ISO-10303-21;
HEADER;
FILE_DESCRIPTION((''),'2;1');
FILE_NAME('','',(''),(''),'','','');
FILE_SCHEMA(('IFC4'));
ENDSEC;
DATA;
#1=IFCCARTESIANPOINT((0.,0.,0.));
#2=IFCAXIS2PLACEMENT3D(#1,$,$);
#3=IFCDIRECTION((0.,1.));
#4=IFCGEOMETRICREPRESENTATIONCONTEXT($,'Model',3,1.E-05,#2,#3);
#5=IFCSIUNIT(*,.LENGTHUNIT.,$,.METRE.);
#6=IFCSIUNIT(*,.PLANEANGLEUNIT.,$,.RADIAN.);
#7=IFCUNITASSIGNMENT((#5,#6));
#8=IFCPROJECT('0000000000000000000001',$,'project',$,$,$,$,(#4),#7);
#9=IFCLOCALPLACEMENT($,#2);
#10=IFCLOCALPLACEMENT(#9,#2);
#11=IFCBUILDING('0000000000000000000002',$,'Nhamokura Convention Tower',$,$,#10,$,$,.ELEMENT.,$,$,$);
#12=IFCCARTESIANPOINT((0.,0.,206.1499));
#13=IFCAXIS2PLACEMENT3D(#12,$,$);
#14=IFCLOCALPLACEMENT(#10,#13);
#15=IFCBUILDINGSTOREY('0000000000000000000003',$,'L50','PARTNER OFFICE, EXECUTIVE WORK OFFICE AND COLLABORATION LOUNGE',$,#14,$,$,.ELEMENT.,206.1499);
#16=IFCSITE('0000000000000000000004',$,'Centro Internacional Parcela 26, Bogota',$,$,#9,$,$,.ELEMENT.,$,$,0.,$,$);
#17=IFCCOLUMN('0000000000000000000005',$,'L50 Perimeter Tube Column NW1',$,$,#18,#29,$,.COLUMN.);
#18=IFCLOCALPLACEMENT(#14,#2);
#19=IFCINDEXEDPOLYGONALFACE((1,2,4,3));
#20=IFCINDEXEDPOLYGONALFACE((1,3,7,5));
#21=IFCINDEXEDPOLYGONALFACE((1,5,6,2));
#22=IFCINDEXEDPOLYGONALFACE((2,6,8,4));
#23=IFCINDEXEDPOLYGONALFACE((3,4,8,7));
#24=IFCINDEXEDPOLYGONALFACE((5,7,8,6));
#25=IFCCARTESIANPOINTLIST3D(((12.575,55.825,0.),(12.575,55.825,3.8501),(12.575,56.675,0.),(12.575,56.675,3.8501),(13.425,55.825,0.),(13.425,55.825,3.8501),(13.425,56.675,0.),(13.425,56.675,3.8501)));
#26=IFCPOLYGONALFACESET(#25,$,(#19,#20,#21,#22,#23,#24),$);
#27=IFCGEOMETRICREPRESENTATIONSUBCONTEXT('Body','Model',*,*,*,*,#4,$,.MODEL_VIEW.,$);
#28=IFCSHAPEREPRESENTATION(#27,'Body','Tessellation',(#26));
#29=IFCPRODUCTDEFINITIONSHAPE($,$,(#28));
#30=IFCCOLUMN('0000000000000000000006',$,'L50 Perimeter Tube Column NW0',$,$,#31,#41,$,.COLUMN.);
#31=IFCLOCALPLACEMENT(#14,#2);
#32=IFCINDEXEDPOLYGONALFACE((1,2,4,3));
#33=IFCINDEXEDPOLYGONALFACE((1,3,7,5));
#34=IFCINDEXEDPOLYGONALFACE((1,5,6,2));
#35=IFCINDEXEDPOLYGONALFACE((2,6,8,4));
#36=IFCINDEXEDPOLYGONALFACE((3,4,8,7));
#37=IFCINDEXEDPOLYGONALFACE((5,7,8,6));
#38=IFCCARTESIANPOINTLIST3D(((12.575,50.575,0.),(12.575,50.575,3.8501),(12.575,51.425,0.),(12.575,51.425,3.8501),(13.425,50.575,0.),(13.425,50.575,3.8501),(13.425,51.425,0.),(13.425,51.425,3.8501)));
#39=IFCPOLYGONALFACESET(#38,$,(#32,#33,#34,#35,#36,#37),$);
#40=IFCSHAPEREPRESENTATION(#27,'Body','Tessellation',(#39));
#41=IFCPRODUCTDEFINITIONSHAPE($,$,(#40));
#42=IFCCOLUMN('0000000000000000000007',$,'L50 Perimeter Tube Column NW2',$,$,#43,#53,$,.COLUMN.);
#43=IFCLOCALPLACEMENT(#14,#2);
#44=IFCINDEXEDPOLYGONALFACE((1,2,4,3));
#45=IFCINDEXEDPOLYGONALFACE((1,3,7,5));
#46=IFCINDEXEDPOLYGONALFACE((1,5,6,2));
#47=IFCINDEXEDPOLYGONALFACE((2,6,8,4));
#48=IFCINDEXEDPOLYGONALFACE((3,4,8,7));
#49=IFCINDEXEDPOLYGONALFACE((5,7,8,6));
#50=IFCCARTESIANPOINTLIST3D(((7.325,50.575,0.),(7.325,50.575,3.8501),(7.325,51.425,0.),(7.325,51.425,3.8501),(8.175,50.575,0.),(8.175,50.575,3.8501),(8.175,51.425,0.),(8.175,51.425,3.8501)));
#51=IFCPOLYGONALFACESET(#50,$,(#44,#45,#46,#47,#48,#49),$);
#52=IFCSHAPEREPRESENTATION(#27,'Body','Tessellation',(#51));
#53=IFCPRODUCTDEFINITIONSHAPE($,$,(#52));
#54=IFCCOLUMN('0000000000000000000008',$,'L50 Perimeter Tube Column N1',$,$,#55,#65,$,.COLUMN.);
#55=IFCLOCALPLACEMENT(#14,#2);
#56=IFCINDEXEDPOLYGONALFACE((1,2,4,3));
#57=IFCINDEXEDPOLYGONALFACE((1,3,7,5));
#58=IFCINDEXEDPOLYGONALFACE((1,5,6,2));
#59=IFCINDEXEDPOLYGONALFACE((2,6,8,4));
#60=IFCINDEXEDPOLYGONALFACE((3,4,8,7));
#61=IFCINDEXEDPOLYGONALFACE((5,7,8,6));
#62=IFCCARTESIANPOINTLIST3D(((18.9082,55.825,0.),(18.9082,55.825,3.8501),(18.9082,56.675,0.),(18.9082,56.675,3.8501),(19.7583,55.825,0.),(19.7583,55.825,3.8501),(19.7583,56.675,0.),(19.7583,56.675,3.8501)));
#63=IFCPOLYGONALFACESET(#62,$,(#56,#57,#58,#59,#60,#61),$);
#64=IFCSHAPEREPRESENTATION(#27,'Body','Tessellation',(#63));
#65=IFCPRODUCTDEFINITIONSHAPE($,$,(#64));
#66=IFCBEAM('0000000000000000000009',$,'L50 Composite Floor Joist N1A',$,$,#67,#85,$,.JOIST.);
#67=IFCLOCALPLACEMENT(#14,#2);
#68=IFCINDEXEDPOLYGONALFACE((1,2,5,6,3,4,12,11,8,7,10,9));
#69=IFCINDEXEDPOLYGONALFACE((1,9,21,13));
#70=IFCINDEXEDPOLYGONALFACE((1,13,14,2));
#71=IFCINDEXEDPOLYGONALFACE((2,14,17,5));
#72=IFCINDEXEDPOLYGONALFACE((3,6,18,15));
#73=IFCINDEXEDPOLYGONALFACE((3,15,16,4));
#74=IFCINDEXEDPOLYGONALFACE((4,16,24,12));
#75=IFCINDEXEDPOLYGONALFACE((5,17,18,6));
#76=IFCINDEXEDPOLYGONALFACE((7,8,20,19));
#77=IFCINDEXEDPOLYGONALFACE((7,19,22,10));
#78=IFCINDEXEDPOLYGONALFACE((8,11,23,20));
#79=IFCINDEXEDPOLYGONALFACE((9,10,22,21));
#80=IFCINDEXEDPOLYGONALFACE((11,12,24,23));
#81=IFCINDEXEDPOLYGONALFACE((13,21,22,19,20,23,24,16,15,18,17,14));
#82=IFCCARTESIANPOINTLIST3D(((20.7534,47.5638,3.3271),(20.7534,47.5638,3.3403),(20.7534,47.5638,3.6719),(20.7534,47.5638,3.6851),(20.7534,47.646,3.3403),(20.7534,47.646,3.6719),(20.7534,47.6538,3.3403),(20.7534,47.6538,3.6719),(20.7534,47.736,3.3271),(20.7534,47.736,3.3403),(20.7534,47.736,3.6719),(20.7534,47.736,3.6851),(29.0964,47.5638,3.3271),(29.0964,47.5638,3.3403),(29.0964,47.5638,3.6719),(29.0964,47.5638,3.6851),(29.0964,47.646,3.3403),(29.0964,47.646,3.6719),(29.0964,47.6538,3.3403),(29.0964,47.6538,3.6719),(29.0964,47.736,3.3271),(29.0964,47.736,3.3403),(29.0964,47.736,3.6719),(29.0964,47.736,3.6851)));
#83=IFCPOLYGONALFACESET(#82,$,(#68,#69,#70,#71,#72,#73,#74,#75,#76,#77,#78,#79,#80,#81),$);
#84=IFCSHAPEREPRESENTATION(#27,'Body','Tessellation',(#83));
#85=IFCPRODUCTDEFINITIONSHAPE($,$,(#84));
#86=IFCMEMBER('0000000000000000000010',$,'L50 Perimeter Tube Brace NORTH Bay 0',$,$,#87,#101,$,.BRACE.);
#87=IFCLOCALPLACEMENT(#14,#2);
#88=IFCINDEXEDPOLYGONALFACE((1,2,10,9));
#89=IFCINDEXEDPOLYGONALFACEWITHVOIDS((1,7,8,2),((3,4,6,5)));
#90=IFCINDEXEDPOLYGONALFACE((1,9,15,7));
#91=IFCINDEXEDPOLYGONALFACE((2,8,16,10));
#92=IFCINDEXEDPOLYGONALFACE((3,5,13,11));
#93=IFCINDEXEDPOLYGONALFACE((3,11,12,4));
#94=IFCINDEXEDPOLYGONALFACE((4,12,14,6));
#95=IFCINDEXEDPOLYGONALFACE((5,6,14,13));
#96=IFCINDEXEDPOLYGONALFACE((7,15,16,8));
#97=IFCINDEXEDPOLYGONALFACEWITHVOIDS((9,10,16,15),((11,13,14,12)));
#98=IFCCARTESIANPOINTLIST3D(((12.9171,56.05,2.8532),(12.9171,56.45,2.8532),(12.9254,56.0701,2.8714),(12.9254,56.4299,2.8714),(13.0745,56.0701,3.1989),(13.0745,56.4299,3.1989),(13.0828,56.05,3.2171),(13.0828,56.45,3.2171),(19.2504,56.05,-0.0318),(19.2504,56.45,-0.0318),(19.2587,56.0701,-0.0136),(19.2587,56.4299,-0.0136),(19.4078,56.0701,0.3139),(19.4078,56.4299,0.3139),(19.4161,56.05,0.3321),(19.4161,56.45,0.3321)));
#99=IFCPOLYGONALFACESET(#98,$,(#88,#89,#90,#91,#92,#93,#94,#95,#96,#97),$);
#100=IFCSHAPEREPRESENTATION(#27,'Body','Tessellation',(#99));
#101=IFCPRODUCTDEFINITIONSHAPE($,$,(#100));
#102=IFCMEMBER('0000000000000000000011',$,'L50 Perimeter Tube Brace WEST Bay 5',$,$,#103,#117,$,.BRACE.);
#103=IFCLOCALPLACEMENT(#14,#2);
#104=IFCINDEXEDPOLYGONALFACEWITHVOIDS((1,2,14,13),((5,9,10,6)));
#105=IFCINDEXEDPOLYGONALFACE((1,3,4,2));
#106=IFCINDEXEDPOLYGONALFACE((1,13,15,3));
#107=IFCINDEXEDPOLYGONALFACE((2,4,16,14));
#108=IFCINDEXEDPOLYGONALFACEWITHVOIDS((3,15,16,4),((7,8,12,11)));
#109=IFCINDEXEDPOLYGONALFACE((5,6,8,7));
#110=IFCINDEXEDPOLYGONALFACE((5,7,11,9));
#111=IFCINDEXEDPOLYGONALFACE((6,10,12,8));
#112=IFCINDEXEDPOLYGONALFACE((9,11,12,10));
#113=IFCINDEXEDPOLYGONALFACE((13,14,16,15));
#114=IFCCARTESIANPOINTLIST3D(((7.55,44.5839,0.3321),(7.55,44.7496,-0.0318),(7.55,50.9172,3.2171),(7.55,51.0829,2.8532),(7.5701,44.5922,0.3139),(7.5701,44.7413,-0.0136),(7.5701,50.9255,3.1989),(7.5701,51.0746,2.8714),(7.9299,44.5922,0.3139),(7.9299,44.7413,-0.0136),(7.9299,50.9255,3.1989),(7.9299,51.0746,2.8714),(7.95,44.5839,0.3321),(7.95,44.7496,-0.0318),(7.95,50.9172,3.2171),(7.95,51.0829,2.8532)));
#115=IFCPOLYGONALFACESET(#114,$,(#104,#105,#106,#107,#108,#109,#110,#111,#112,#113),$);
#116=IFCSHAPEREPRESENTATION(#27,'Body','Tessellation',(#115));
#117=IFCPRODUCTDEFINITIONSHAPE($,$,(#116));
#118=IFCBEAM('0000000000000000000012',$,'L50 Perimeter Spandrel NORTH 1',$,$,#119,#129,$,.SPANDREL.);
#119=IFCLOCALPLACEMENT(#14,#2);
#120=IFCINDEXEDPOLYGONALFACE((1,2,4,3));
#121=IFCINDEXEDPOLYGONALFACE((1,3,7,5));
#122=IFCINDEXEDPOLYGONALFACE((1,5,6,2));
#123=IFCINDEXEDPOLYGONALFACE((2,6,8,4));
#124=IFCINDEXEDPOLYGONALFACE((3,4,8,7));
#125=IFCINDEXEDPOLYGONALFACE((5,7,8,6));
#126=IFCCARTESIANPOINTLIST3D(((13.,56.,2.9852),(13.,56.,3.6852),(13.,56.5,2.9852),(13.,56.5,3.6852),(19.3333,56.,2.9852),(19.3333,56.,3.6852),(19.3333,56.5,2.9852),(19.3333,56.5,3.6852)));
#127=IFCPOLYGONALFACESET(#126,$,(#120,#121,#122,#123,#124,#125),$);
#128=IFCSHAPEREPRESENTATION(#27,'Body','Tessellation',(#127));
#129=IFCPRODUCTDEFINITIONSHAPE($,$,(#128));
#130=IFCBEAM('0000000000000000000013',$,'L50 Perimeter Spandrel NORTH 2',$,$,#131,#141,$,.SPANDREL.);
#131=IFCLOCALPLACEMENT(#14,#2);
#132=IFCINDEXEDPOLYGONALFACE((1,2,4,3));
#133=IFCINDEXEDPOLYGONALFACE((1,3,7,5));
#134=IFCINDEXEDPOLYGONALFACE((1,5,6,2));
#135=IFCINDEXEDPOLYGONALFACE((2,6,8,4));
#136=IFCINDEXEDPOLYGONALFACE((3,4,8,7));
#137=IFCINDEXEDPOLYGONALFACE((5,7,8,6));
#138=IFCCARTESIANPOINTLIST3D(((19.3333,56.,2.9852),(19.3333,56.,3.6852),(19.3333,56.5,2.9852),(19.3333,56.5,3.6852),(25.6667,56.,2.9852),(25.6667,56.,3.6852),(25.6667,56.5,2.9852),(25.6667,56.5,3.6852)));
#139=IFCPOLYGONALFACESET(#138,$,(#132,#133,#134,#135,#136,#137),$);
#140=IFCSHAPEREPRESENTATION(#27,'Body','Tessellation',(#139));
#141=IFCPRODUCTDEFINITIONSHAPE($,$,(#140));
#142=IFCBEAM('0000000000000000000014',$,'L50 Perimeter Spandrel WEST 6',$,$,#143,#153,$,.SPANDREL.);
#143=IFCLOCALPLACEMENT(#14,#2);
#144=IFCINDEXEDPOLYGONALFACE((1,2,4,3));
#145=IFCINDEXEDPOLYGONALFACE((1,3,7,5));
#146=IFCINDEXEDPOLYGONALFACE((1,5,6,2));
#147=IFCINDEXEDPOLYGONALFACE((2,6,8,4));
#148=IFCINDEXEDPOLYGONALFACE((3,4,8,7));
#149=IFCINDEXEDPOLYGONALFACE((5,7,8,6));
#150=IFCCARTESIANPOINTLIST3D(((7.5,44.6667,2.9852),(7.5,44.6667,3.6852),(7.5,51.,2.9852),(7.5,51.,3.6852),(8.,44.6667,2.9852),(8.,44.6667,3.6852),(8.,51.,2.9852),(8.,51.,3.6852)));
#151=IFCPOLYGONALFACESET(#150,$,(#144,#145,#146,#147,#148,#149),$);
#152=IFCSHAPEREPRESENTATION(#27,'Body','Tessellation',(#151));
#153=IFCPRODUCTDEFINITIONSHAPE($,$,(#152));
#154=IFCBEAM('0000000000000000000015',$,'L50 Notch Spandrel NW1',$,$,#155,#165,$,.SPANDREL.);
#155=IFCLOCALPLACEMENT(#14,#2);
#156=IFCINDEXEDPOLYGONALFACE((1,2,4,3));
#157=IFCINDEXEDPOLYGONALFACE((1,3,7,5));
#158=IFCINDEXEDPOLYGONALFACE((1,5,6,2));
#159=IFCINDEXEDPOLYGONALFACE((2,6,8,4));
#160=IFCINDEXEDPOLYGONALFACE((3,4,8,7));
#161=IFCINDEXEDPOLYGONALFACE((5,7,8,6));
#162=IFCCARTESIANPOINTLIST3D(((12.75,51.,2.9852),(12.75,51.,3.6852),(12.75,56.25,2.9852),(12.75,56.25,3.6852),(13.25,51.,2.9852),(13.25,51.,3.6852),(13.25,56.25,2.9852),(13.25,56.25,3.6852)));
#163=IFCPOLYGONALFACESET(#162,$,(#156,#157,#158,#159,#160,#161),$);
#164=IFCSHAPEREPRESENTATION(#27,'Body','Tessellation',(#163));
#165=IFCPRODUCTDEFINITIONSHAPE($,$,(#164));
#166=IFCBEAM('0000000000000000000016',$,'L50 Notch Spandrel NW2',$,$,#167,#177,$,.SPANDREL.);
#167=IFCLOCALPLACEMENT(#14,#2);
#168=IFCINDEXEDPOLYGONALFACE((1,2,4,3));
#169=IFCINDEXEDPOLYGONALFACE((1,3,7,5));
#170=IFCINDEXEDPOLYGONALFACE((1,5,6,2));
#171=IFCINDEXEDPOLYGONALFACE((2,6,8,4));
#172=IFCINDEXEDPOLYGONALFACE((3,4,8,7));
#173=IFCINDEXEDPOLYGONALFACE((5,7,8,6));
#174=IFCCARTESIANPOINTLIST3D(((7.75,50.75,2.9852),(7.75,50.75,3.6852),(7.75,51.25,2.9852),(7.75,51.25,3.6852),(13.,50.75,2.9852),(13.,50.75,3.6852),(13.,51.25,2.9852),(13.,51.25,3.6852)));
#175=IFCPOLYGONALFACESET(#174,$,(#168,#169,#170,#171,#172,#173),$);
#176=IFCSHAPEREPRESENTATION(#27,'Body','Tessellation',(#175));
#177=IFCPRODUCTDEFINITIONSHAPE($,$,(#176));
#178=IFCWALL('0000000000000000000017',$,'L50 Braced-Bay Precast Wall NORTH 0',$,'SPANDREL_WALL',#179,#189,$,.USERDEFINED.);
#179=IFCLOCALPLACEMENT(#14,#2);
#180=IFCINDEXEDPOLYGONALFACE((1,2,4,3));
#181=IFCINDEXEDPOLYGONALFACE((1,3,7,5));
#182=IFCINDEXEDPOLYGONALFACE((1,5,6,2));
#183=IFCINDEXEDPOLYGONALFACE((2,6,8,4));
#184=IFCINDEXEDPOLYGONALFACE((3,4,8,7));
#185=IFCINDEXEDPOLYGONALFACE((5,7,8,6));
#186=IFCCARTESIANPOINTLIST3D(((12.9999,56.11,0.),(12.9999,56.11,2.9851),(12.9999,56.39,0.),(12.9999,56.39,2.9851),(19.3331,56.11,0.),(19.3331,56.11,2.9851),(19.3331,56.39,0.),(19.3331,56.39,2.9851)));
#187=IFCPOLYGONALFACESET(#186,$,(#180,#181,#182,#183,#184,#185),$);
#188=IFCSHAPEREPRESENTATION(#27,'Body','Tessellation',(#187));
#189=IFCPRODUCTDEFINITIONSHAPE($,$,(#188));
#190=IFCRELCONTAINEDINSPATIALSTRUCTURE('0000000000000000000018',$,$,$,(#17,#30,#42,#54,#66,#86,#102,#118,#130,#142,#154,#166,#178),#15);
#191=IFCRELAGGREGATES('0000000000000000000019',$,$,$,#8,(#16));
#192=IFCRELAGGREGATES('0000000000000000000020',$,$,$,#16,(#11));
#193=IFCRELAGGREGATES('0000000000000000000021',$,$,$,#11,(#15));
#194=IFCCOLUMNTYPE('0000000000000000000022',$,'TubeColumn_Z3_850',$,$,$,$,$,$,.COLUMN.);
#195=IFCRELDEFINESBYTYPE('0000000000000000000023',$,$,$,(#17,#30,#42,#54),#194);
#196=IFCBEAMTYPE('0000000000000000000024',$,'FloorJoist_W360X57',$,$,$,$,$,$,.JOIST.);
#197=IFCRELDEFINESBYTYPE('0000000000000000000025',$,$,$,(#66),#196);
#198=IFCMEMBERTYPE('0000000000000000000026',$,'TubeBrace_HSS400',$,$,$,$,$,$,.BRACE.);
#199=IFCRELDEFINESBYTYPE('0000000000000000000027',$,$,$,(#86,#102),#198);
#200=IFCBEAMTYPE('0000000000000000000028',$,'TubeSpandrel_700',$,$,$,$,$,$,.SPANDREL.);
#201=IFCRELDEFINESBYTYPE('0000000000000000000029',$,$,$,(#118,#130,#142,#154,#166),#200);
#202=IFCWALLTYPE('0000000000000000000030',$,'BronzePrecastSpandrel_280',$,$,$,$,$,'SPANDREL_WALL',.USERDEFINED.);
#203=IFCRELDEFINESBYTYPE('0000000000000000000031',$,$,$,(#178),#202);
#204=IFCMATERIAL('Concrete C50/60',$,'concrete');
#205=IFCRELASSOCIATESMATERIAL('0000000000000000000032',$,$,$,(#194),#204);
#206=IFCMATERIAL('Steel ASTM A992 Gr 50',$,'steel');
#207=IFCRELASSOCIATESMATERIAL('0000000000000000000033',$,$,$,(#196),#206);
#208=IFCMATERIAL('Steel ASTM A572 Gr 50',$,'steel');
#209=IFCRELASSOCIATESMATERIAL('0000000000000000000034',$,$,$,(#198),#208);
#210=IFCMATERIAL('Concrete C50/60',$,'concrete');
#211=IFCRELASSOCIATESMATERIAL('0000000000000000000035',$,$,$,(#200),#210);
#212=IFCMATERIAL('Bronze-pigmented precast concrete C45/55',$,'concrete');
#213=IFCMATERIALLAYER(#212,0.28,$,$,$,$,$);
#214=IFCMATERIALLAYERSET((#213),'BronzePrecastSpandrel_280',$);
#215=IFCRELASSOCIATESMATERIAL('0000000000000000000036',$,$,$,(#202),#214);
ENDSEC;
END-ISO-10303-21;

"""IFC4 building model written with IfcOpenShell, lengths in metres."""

from ifc_helpers import new_model, si_unit, direction, frame, frame_2d, origin, origin_2d, place, context, subcontext, project, spatial, rectangle, hollow_rectangle, i_section, extrude, material, layer, layer_set, material_profile, profile_set, type_object, element, save


model = new_model("IFC4")

# Units and contexts
model_context = context("Model", 3, precision=1e-05, world=origin(), true_north=direction((0.0, 1.0)))
body_context = subcontext(model_context, "Body", "Model", "MODEL_VIEW")
ifc_project = project(units=[si_unit("LENGTHUNIT", "METRE"), si_unit("PLANEANGLEUNIT", "RADIAN")], contexts=[model_context])

# Site, building, storey
site_placement = place(None, origin())
site = spatial("IfcSite", under=ifc_project, at=site_placement, Name="Centro Internacional Parcela 26, Bogota", CompositionType="ELEMENT", RefElevation=0.0)
building_placement = place(site_placement, origin())
building = spatial("IfcBuilding", under=site, at=building_placement, Name="Nhamokura Convention Tower", CompositionType="ELEMENT")
storey_placement = place(building_placement, frame((0.0, 0.0, 206.1499)))
storey = spatial("IfcBuildingStorey", under=building, at=storey_placement, Name="L50", Description="PARTNER OFFICE, EXECUTIVE WORK OFFICE AND COLLABORATION LOUNGE", CompositionType="ELEMENT", Elevation=206.1499)

# Columns
ifc_material_1 = material(Name="Concrete C50/60", Category="concrete")
ifc_material_profile_1 = material_profile(ifc_material_1, rectangle(XDim=0.8501, YDim=0.8501, at=origin_2d()))
ifc_profile_set_1 = profile_set([ifc_material_profile_1], Name="Concrete C50/60")
column_type = type_object("IfcColumnType", Name="TubeColumn_Z3_850", PredefinedType="COLUMN", material=ifc_profile_set_1)
for number, where, z_axis, x_axis, name in (
    (1, (13.0, 56.25, 0.0), (0.0, 0.0, 1.0), (1.0, 0.0, 0.0), "L50 Perimeter Tube Column NW1"),
    (2, (13.0, 51.0, 0.0), (0.0, 0.0, 1.0), (1.0, 0.0, 0.0), "L50 Perimeter Tube Column NW0"),
    (3, (7.75, 51.0, 0.0), (0.0, 0.0, 1.0), (1.0, 0.0, 0.0), "L50 Perimeter Tube Column NW2"),
    (4, (19.3333, 56.25, 0.0), (0.0, 0.0, 1.0), (1.0, 0.0, 0.0), "L50 Perimeter Tube Column N1"),
):
    element("IfcColumn", number, at=place(storey_placement, frame(where, z_axis=z_axis, x_axis=x_axis)), inside=storey, type_object=column_type, Name=name, PredefinedType="COLUMN", context=body_context, shape_type="SweptSolid", body=[
        extrude(rectangle(XDim=0.8501, YDim=0.8501, at=origin_2d()), origin(), (0.0, 0.0, 1.0), 3.8501),
    ])

# Beam
ifc_material_2 = material(Name="Steel ASTM A992 Gr 50", Category="steel")
ifc_material_profile_2 = material_profile(ifc_material_2, i_section(OverallWidth=0.1721, OverallDepth=0.3579, WebThickness=0.0078, FlangeThickness=0.0132, at=origin_2d()))
ifc_profile_set_2 = profile_set([ifc_material_profile_2], Name="Steel ASTM A992 Gr 50")
beam_type_1 = type_object("IfcBeamType", Name="FloorJoist_W360X57", PredefinedType="JOIST", material=ifc_profile_set_2)
beam_1_placement = place(storey_placement, frame((20.7534, 47.6499, 3.5061), z_axis=(1.0, 0.0, 0.0), x_axis=(0.0, 1.0, 0.0)))
element("IfcBeam", 5, at=beam_1_placement, inside=storey, type_object=beam_type_1, Name="L50 Composite Floor Joist N1A", PredefinedType="JOIST", context=body_context, shape_type="SweptSolid", body=[
    extrude(i_section(OverallWidth=0.1721, OverallDepth=0.3579, WebThickness=0.0078, FlangeThickness=0.0132, at=origin_2d()), origin(), (0.0, 0.0, 1.0), 8.343),
])

# Members
ifc_material_3 = material(Name="Steel ASTM A572 Gr 50", Category="steel")
ifc_material_profile_3 = material_profile(ifc_material_3, hollow_rectangle(XDim=0.3999, YDim=0.3999, WallThickness=0.02, at=origin_2d()))
ifc_profile_set_3 = profile_set([ifc_material_profile_3], Name="Steel ASTM A572 Gr 50")
member_type = type_object("IfcMemberType", Name="TubeBrace_HSS400", PredefinedType="BRACE", material=ifc_profile_set_3)
for number, where, z_axis, x_axis, name in (
    (6, (19.3333, 56.25, 0.1501), (-0.910027, 0.0, 0.414548), (0.0, -1.0, 0.0), "L50 Perimeter Tube Brace NORTH Bay 0"),
    (7, (7.75, 44.6667, 0.1501), (0.0, 0.910027, 0.414548), (-1.0, 0.0, 0.0), "L50 Perimeter Tube Brace WEST Bay 5"),
):
    element("IfcMember", number, at=place(storey_placement, frame(where, z_axis=z_axis, x_axis=x_axis)), inside=storey, type_object=member_type, Name=name, PredefinedType="BRACE", context=body_context, shape_type="SweptSolid", body=[
        extrude(hollow_rectangle(XDim=0.3999, YDim=0.3999, WallThickness=0.02, at=origin_2d()), origin(), (0.0, 0.0, 1.0), 6.9595),
    ])

# Beams
ifc_material_4 = material(Name="Concrete C50/60", Category="concrete")
ifc_material_profile_4 = material_profile(ifc_material_4, rectangle(XDim=0.5, YDim=0.7, at=origin_2d()))
ifc_profile_set_4 = profile_set([ifc_material_profile_4], Name="Concrete C50/60")
beam_type_2 = type_object("IfcBeamType", Name="TubeSpandrel_700", PredefinedType="SPANDREL", material=ifc_profile_set_4)
beam_2_placement = place(storey_placement, frame((13.0, 56.25, 3.3352), z_axis=(1.0, 0.0, 0.0), x_axis=(0.0, 1.0, 0.0)))
element("IfcBeam", 8, at=beam_2_placement, inside=storey, type_object=beam_type_2, Name="L50 Perimeter Spandrel NORTH 1", PredefinedType="SPANDREL", context=body_context, shape_type="SweptSolid", body=[
    extrude(rectangle(XDim=0.5, YDim=0.7, at=origin_2d()), origin(), (0.0, 0.0, 1.0), 6.3333),
])
beam_3_placement = place(storey_placement, frame((19.3333, 56.25, 3.3352), z_axis=(1.0, 0.0, 0.0), x_axis=(0.0, 1.0, 0.0)))
element("IfcBeam", 9, at=beam_3_placement, inside=storey, type_object=beam_type_2, Name="L50 Perimeter Spandrel NORTH 2", PredefinedType="SPANDREL", context=body_context, shape_type="SweptSolid", body=[
    extrude(rectangle(XDim=0.5, YDim=0.7, at=origin_2d()), origin(), (0.0, 0.0, 1.0), 6.3335),
])
beam_4_placement = place(storey_placement, frame((7.75, 44.6667, 3.3352), z_axis=(0.0, 1.0, 0.0), x_axis=(-1.0, 0.0, 0.0)))
element("IfcBeam", 10, at=beam_4_placement, inside=storey, type_object=beam_type_2, Name="L50 Perimeter Spandrel WEST 6", PredefinedType="SPANDREL", context=body_context, shape_type="SweptSolid", body=[
    extrude(rectangle(XDim=0.5, YDim=0.7, at=origin_2d()), origin(), (0.0, 0.0, 1.0), 6.3333),
])
for number, where, z_axis, x_axis, name in (
    (11, (13.0, 56.25, 3.3352), (0.0, -1.0, 0.0), (1.0, 0.0, 0.0), "L50 Notch Spandrel NW1"),
    (12, (13.0, 51.0, 3.3352), (-1.0, 0.0, 0.0), (0.0, -1.0, 0.0), "L50 Notch Spandrel NW2"),
):
    element("IfcBeam", number, at=place(storey_placement, frame(where, z_axis=z_axis, x_axis=x_axis)), inside=storey, type_object=beam_type_2, Name=name, PredefinedType="SPANDREL", context=body_context, shape_type="SweptSolid", body=[
        extrude(rectangle(XDim=0.5, YDim=0.7, at=origin_2d()), origin(), (0.0, 0.0, 1.0), 5.25),
    ])

# Wall
ifc_material_5 = material(Name="Bronze-pigmented precast concrete C45/55", Category="concrete")
ifc_layer_1 = layer(ifc_material_5, 0.28)
ifc_layer_set_1 = layer_set([ifc_layer_1], Name="BronzePrecastSpandrel_280")
wall_type_1 = type_object("IfcWallType", Name="BronzePrecastSpandrel_280", ElementType="SPANDREL_WALL", PredefinedType="USERDEFINED", material=ifc_layer_set_1)
wall_1_placement = place(storey_placement, frame((13.0, 56.25, 0.0), z_axis=(0.0, 0.0, 1.0), x_axis=(1.0, 0.0, 0.0)))
element("IfcWall", 13, at=wall_1_placement, inside=storey, type_object=wall_type_1, Name="L50 Braced-Bay Precast Wall NORTH 0", ObjectType="SPANDREL_WALL", PredefinedType="USERDEFINED", context=body_context, shape_type="SweptSolid", body=[
    extrude(rectangle(XDim=6.3333, YDim=0.28, at=frame_2d((3.1665, 0.0))), origin(), (0.0, 0.0, 1.0), 2.9851),
])

save(model, "model.ifc")
